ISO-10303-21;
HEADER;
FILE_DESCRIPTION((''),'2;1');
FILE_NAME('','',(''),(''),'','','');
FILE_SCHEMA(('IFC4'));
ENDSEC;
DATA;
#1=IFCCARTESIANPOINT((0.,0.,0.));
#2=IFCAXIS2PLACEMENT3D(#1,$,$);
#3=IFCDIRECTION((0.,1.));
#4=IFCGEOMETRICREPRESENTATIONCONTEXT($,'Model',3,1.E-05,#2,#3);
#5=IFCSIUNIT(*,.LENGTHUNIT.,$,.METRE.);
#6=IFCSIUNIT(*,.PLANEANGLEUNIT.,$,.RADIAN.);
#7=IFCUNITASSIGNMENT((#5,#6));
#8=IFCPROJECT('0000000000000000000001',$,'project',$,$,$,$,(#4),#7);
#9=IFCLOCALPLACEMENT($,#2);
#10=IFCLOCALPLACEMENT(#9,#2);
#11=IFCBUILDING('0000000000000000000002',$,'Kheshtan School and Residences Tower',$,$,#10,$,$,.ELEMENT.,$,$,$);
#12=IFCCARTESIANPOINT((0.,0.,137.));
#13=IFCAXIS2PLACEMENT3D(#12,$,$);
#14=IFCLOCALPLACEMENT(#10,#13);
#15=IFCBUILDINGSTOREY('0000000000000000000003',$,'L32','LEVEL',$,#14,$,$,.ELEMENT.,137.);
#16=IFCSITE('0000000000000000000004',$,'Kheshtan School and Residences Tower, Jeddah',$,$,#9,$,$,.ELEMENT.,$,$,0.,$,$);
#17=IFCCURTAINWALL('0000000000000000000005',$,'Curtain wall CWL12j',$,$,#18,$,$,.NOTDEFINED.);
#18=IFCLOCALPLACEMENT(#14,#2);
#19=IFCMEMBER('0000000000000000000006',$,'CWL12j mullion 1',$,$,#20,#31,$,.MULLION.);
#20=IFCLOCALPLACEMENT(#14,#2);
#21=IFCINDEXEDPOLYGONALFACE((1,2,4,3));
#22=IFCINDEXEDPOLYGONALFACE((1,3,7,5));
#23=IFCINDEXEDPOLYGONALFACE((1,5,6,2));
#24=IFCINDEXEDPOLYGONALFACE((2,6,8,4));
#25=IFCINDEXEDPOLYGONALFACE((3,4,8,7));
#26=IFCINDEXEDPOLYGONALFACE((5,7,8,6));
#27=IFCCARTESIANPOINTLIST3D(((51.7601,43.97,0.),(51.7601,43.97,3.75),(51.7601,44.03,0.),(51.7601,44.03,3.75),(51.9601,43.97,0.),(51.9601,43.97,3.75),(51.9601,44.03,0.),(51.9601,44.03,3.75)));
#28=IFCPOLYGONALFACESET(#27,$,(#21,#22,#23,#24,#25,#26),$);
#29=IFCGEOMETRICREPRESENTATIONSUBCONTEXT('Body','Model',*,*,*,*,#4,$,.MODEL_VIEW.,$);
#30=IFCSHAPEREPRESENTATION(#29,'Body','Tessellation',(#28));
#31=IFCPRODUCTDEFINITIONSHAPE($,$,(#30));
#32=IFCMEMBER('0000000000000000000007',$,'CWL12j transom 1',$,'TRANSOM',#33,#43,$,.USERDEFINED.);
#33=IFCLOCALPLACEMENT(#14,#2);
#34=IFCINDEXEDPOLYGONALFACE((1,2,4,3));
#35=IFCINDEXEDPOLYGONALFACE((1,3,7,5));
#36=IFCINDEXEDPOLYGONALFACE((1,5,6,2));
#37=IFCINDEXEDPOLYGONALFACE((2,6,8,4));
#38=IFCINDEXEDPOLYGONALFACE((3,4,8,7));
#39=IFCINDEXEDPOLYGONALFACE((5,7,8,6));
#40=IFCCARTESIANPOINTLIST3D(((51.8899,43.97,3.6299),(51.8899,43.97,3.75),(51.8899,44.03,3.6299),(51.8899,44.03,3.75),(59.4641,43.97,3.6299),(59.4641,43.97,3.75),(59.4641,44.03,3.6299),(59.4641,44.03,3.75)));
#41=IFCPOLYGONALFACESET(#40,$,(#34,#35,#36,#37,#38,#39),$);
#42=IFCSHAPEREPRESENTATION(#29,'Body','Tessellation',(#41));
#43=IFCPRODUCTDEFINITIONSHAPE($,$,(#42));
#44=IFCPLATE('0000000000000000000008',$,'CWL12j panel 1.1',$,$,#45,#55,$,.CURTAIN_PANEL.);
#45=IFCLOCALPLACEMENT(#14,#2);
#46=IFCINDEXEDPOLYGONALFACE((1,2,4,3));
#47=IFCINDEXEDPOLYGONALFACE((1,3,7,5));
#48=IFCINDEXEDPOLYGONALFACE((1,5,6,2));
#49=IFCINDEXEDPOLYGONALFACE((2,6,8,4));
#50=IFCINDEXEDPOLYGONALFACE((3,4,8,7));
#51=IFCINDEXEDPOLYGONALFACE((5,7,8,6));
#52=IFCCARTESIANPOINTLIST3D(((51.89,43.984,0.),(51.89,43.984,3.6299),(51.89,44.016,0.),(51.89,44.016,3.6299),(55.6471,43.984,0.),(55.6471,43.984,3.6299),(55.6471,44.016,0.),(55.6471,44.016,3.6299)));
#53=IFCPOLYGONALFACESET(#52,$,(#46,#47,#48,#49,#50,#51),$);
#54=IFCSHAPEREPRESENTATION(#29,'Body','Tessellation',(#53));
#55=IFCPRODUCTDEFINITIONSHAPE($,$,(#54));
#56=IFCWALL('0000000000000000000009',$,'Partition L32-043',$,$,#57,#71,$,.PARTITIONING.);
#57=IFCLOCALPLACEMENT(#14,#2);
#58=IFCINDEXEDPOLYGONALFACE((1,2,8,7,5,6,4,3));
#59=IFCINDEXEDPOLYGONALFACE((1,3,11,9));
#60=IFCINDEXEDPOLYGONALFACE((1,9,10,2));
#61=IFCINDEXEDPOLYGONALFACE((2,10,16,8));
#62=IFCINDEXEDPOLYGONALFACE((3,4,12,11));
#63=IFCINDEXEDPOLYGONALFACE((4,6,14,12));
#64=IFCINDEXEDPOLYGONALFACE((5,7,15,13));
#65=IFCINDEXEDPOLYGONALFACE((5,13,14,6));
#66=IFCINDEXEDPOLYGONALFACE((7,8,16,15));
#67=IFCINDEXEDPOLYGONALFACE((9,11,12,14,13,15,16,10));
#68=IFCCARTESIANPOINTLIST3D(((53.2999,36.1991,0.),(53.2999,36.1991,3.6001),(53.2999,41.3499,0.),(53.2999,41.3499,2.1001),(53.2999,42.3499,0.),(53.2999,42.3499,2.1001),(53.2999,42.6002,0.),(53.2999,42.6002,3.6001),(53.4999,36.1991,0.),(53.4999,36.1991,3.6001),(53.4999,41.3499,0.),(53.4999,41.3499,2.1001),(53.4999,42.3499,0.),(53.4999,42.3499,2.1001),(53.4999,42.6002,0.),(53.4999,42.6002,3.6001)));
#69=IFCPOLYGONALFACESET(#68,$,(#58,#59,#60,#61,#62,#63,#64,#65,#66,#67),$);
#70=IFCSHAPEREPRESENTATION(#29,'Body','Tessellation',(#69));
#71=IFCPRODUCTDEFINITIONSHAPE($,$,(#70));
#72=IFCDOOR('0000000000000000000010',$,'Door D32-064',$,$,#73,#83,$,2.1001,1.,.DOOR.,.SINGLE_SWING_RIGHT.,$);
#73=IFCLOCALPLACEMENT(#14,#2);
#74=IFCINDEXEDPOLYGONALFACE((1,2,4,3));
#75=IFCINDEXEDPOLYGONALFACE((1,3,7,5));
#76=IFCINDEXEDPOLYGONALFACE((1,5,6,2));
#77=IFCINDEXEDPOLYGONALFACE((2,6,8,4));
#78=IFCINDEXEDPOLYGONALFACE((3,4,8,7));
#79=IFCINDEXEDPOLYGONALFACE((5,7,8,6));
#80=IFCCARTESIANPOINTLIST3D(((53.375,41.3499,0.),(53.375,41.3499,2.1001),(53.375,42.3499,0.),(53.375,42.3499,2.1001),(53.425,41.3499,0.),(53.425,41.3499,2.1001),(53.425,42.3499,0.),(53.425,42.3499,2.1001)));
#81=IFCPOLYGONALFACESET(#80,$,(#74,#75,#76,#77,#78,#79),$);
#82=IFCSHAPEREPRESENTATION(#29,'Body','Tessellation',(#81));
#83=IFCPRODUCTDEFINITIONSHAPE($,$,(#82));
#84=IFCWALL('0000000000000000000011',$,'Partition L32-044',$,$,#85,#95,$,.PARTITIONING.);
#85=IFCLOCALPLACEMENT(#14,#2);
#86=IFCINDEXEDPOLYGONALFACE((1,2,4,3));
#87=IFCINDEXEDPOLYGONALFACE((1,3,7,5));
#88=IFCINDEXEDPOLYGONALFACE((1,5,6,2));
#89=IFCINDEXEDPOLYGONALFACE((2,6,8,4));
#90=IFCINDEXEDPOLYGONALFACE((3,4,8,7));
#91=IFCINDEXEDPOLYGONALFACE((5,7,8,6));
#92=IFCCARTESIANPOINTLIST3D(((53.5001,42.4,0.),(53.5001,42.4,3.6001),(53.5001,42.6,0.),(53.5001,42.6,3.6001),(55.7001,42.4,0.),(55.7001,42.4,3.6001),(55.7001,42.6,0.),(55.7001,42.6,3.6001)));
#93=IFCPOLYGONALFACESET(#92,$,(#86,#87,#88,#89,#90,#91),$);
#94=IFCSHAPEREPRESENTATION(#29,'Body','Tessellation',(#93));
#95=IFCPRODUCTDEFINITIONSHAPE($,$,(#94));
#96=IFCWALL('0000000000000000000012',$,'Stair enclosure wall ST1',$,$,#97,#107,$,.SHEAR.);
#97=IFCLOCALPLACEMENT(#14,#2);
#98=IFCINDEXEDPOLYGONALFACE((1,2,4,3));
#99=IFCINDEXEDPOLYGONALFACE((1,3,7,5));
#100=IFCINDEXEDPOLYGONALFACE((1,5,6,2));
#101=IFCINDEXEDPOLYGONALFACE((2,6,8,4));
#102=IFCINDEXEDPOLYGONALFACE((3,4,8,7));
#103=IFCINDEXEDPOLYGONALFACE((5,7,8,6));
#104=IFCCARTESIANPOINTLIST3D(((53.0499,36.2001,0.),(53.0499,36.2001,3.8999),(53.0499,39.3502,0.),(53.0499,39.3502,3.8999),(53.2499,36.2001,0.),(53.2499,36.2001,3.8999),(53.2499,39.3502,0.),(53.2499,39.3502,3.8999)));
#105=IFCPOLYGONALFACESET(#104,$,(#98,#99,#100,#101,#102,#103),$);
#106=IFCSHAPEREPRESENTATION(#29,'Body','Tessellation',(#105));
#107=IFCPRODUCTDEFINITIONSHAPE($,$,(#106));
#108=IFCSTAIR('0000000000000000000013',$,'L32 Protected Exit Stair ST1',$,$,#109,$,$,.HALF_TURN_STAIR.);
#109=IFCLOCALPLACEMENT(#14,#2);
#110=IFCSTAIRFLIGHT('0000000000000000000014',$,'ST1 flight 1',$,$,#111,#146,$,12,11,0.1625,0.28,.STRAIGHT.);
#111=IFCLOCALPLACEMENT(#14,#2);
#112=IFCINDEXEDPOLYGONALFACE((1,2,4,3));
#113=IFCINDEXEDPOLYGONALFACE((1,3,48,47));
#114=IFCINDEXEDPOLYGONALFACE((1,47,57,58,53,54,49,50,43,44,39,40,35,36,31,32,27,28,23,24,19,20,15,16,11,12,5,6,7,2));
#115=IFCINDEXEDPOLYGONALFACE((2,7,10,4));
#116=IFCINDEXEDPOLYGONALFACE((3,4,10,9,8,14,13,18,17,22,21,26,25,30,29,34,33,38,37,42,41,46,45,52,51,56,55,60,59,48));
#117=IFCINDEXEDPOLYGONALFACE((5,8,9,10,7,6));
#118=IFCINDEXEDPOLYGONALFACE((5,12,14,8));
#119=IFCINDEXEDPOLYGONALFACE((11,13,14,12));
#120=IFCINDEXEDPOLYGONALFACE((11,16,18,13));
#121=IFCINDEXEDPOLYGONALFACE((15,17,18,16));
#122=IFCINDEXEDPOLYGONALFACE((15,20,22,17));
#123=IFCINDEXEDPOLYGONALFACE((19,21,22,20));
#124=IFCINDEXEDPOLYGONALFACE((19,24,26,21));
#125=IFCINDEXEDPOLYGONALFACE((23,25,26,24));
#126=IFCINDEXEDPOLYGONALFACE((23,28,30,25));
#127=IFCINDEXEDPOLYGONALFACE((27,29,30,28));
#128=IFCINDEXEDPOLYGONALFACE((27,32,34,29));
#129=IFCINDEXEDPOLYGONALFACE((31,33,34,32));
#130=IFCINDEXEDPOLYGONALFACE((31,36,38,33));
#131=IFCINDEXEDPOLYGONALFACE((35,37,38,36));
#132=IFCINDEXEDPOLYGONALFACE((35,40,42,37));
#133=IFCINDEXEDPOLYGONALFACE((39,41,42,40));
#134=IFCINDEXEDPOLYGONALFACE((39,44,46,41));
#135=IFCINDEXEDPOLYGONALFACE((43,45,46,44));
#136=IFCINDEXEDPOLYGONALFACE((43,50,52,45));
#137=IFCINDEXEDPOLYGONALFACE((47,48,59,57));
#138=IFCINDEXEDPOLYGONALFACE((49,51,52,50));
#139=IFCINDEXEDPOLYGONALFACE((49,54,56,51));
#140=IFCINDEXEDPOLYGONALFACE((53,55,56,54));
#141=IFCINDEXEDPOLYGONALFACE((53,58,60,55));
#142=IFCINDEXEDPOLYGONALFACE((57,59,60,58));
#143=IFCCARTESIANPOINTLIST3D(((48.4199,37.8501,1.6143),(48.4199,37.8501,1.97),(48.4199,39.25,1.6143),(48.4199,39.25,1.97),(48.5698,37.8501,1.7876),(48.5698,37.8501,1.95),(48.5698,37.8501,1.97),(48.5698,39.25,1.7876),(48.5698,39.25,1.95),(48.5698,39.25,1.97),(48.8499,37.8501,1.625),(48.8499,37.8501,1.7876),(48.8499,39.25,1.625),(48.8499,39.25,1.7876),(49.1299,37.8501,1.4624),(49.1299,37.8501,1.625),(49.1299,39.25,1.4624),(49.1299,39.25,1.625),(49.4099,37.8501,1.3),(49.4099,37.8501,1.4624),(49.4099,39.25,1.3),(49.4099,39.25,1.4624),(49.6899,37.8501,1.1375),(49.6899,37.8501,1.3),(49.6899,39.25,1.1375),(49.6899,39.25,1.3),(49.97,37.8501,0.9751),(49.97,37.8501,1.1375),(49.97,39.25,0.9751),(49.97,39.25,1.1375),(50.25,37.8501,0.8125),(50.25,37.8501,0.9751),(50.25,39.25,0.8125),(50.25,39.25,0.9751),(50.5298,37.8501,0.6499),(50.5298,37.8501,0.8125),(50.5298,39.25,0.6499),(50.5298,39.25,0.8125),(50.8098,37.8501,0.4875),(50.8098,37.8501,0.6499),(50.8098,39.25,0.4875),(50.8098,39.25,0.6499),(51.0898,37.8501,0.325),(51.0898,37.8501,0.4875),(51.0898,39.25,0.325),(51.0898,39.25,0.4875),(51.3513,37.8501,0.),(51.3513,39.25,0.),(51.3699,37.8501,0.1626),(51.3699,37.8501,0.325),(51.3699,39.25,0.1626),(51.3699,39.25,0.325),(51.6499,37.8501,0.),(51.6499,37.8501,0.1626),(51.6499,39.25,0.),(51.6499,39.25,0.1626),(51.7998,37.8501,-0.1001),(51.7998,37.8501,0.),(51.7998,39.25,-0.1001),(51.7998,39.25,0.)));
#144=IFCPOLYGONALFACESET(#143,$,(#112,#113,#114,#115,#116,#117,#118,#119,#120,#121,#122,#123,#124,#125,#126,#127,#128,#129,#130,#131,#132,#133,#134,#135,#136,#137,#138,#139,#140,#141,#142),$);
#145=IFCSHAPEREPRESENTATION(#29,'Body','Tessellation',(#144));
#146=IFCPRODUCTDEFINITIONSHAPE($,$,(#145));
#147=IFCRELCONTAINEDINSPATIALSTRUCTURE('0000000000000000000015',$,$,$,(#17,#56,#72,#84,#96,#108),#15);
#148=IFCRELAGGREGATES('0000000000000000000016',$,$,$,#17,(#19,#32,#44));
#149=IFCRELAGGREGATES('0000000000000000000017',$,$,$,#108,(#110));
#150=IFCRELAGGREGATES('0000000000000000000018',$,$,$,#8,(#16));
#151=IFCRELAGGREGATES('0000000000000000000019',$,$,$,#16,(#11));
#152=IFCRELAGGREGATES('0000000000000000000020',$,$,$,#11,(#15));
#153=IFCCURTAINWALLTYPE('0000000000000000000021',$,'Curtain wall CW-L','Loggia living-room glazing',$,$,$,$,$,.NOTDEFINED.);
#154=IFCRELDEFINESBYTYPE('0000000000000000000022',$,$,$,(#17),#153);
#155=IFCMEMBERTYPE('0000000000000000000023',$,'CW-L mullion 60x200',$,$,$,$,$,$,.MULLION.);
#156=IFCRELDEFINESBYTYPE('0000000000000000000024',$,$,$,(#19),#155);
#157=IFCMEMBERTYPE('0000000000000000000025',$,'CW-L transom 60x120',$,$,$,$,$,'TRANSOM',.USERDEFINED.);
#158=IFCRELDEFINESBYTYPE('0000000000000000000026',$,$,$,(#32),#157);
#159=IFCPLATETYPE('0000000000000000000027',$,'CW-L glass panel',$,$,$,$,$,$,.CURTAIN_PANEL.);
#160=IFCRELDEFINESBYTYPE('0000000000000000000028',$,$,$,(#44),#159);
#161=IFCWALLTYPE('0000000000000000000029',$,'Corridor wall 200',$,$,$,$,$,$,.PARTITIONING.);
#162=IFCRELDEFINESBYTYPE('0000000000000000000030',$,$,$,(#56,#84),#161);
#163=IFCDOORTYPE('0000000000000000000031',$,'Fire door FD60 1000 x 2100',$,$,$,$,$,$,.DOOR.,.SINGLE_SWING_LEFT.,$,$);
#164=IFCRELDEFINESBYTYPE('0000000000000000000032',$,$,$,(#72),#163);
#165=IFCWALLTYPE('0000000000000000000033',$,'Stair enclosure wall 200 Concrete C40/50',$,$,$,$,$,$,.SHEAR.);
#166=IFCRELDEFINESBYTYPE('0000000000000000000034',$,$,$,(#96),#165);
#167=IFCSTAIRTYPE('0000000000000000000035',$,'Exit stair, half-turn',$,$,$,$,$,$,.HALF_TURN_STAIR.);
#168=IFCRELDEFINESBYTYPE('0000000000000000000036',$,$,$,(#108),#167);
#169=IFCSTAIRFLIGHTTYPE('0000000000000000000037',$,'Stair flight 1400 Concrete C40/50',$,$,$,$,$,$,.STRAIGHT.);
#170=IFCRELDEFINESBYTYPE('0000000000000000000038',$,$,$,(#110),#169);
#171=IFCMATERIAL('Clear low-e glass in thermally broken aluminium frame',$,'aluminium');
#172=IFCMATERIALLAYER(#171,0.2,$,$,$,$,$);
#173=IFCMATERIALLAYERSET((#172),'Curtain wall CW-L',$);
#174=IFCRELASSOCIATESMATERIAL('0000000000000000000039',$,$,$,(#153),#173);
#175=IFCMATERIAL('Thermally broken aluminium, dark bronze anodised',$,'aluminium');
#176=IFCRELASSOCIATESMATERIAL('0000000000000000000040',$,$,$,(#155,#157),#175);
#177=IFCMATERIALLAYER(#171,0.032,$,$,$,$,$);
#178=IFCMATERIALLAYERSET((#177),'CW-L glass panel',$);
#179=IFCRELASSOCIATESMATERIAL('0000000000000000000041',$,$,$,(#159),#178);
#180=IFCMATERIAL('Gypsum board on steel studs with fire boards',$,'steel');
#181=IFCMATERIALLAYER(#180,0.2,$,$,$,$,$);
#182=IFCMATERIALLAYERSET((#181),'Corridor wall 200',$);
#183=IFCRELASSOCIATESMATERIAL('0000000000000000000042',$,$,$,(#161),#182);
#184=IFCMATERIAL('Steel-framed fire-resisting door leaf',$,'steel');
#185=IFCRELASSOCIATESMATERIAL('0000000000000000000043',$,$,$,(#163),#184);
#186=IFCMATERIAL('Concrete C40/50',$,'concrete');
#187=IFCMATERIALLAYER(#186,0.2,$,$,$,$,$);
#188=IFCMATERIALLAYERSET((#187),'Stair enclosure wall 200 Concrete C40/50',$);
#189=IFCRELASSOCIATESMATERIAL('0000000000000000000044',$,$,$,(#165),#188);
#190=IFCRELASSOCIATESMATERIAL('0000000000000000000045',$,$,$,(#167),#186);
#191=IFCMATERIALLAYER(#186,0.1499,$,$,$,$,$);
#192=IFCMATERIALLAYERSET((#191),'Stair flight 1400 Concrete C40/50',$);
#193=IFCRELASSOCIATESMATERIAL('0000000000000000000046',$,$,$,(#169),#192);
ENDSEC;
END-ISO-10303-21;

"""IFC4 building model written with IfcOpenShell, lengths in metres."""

from ifc_helpers import new_model, si_unit, direction, frame, frame_2d, origin, origin_2d, place, context, subcontext, project, spatial, polyline, rectangle, outline, extrude, source, transform, mapped, material, layer, layer_set, material_profile, profile_set, type_object, element, fill, aggregate, save


model = new_model("IFC4")

# Units and contexts
model_context = context("Model", 3, precision=1e-05, world=origin(), true_north=direction((0.0, 1.0)))
body_context = subcontext(model_context, "Body", "Model", "MODEL_VIEW")
ifc_project = project(units=[si_unit("LENGTHUNIT", "METRE"), si_unit("PLANEANGLEUNIT", "RADIAN")], contexts=[model_context])

# Site, building, storey
site_placement = place(None, origin())
site = spatial("IfcSite", under=ifc_project, at=site_placement, Name="Kheshtan School and Residences Tower, Jeddah", CompositionType="ELEMENT", RefElevation=0.0)
building_placement = place(site_placement, origin())
building = spatial("IfcBuilding", under=site, at=building_placement, Name="Kheshtan School and Residences Tower", CompositionType="ELEMENT")
storey_placement = place(building_placement, frame((0.0, 0.0, 137.0)))
storey = spatial("IfcBuildingStorey", under=building, at=storey_placement, Name="L32", Description="LEVEL", CompositionType="ELEMENT", Elevation=137.0)

# Curtain wall, members, plate
ifc_material_1 = material(Name="Clear low-e glass in thermally broken aluminium frame", Category="aluminium")
ifc_layer_1 = layer(ifc_material_1, 0.2)
ifc_layer_set_1 = layer_set([ifc_layer_1], Name="Curtain wall CW-L")
curtain_wall_type = type_object("IfcCurtainWallType", Name="Curtain wall CW-L", Description="Loggia living-room glazing", PredefinedType="NOTDEFINED", material=ifc_layer_set_1)
curtain_wall_placement = place(storey_placement, origin())
curtain_wall = element("IfcCurtainWall", 1, at=curtain_wall_placement, inside=storey, type_object=curtain_wall_type, Name="Curtain wall CWL12j", PredefinedType="NOTDEFINED")
ifc_material_2 = material(Name="Thermally broken aluminium, dark bronze anodised", Category="aluminium")
ifc_material_profile_1 = material_profile(ifc_material_2, rectangle(XDim=0.0601, YDim=0.2, at=origin_2d()), Name="CW-L mullion 60x200")
ifc_profile_set_1 = profile_set([ifc_material_profile_1], Name="Thermally broken aluminium, dark bronze anodised")
member_type_1 = type_object("IfcMemberType", Name="CW-L mullion 60x200", PredefinedType="MULLION", material=ifc_profile_set_1)
member_1_placement = place(storey_placement, frame((51.8601, 44.0, 0.0), z_axis=(0.0, 0.0, 1.0), x_axis=(0.0, 1.0, 0.0)))
member_1 = element("IfcMember", 2, at=member_1_placement, type_object=member_type_1, Name="CWL12j mullion 1", PredefinedType="MULLION", context=body_context, shape_type="SweptSolid", body=[
    extrude(rectangle(XDim=0.0601, YDim=0.2, at=origin_2d()), origin(), (0.0, 0.0, 1.0), 3.75),
])
ifc_material_profile_2 = material_profile(ifc_material_2, rectangle(XDim=0.0601, YDim=0.1201, at=origin_2d()), Name="CW-L transom 60x120")
ifc_profile_set_2 = profile_set([ifc_material_profile_2], Name="Thermally broken aluminium, dark bronze anodised")
member_type_2 = type_object("IfcMemberType", Name="CW-L transom 60x120", ElementType="TRANSOM", PredefinedType="USERDEFINED", material=ifc_profile_set_2)
member_2_placement = place(storey_placement, frame((51.8899, 44.0, 3.6899), z_axis=(1.0, 0.0, 0.0), x_axis=(0.0, 1.0, 0.0)))
member_2 = element("IfcMember", 3, at=member_2_placement, type_object=member_type_2, Name="CWL12j transom 1", ObjectType="TRANSOM", PredefinedType="USERDEFINED", context=body_context, shape_type="SweptSolid", body=[
    extrude(rectangle(XDim=0.0601, YDim=0.1201, at=origin_2d()), origin(), (0.0, 0.0, 1.0), 7.5742),
])
ifc_layer_2 = layer(ifc_material_1, 0.032)
ifc_layer_set_2 = layer_set([ifc_layer_2], Name="CW-L glass panel")
plate_type = type_object("IfcPlateType", Name="CW-L glass panel", PredefinedType="CURTAIN_PANEL", material=ifc_layer_set_2)
plate_placement = place(storey_placement, frame((53.7686, 44.0, 0.0), z_axis=(0.0, 0.0, 1.0), x_axis=(1.0, 0.0, 0.0)))
plate = element("IfcPlate", 4, at=plate_placement, type_object=plate_type, Name="CWL12j panel 1.1", PredefinedType="CURTAIN_PANEL", context=body_context, shape_type="SweptSolid", body=[
    extrude(rectangle(XDim=3.7571, YDim=0.032, at=origin_2d()), origin(), (0.0, 0.0, 1.0), 3.6299),
])
aggregate(curtain_wall, [member_1, member_2, plate])

# Wall, opening, door
ifc_material_3 = material(Name="Gypsum board on steel studs with fire boards", Category="steel")
ifc_layer_3 = layer(ifc_material_3, 0.2)
ifc_layer_set_3 = layer_set([ifc_layer_3], Name="Corridor wall 200")
wall_type_1 = type_object("IfcWallType", Name="Corridor wall 200", PredefinedType="PARTITIONING", material=ifc_layer_set_3)
wall_1_placement = place(storey_placement, frame((53.3999, 36.199, 0.0), z_axis=(0.0, 0.0, 1.0), x_axis=(0.0, 1.0, 0.0)))
wall_1 = element("IfcWall", 5, at=wall_1_placement, inside=storey, type_object=wall_type_1, Name="Partition L32-043", PredefinedType="PARTITIONING", context=body_context, shape_type="SweptSolid", body=[
    extrude(rectangle(XDim=6.4011, YDim=0.2, at=frame_2d((3.2007, 0.0))), origin(), (0.0, 0.0, 1.0), 3.6001),
])
opening_1_placement = place(wall_1_placement, frame((5.1509, 0.0, 0.0)))
opening_1 = element("IfcOpeningElement", 6, at=opening_1_placement, cuts=wall_1, PredefinedType="OPENING", context=body_context, shape_type="SweptSolid", body=[
    extrude(rectangle(XDim=1.0, YDim=2.1001, at=frame_2d((0.5, 1.05))), frame((0.0, 0.1099, 0.0), z_axis=(0.0, -1.0, 0.0), x_axis=(1.0, 0.0, 0.0)), (0.0, 0.0, 1.0), 0.22),
])
ifc_material_4 = material(Name="Steel-framed fire-resisting door leaf", Category="steel")
door_type_1 = type_object("IfcDoorType", Name="Fire door FD60 1000 x 2100", OperationType="SINGLE_SWING_LEFT", PredefinedType="DOOR", material=ifc_material_4)
shared_shape_1 = source(origin(), body_context, "Body", "SweptSolid", [
    extrude(rectangle(XDim=1.0, YDim=2.1001, at=frame_2d((0.5, 1.05))), frame((0.0, 0.0249, 0.0), z_axis=(0.0, -1.0, 0.0), x_axis=(1.0, 0.0, 0.0)), (0.0, 0.0, 1.0), 0.05),
])
door_1_placement = place(opening_1_placement, origin())
door_1 = element("IfcDoor", 7, at=door_1_placement, inside=storey, type_object=door_type_1, Name="Door D32-064", OperationType="SINGLE_SWING_RIGHT", OverallHeight=2.1001, OverallWidth=1.0, PredefinedType="DOOR", context=body_context, shape_type="MappedRepresentation", body=[
    mapped(shared_shape_1, transform((0.0, 0.0, 0.0), x_axis=(1.0, 0.0, 0.0), y_axis=(0.0, 1.0, 0.0), z_axis=(0.0, 0.0, 1.0), scale=1.0)),
])
fill(opening_1, door_1)

# Wall
wall_2_placement = place(storey_placement, frame((53.5, 42.5, 0.0), z_axis=(0.0, 0.0, 1.0), x_axis=(1.0, 0.0, 0.0)))
element("IfcWall", 8, at=wall_2_placement, inside=storey, type_object=wall_type_1, Name="Partition L32-044", PredefinedType="PARTITIONING", context=body_context, shape_type="SweptSolid", body=[
    extrude(rectangle(XDim=2.2, YDim=0.2, at=frame_2d((1.1001, 0.0))), origin(), (0.0, 0.0, 1.0), 3.6001),
])

# Wall
ifc_material_5 = material(Name="Concrete C40/50", Category="concrete")
ifc_layer_4 = layer(ifc_material_5, 0.2)
ifc_layer_set_4 = layer_set([ifc_layer_4], Name="Stair enclosure wall 200 Concrete C40/50")
wall_type_2 = type_object("IfcWallType", Name="Stair enclosure wall 200 Concrete C40/50", PredefinedType="SHEAR", material=ifc_layer_set_4)
wall_3_placement = place(storey_placement, frame((53.1499, 36.2, 0.0), z_axis=(0.0, 0.0, 1.0), x_axis=(0.0, 1.0, 0.0)))
element("IfcWall", 9, at=wall_3_placement, inside=storey, type_object=wall_type_2, Name="Stair enclosure wall ST1", PredefinedType="SHEAR", context=body_context, shape_type="SweptSolid", body=[
    extrude(rectangle(XDim=3.1501, YDim=0.2, at=frame_2d((1.5752, 0.0))), origin(), (0.0, 0.0, 1.0), 3.8999),
])

# Stair, stair flight
stair_type = type_object("IfcStairType", Name="Exit stair, half-turn", PredefinedType="HALF_TURN_STAIR", material=ifc_material_5)
stair_placement = place(storey_placement, origin())
stair = element("IfcStair", 10, at=stair_placement, inside=storey, type_object=stair_type, Name="L32 Protected Exit Stair ST1", PredefinedType="HALF_TURN_STAIR")
ifc_layer_5 = layer(ifc_material_5, 0.1499)
ifc_layer_set_5 = layer_set([ifc_layer_5], Name="Stair flight 1400 Concrete C40/50")
stair_flight_type = type_object("IfcStairFlightType", Name="Stair flight 1400 Concrete C40/50", PredefinedType="STRAIGHT", material=ifc_layer_set_5)
stair_flight_1_placement = place(storey_placement, frame((51.6499, 38.55, 0.0), z_axis=(0.0, 0.0, 1.0), x_axis=(-1.0, 0.0, 0.0)))
stair_flight_1 = element("IfcStairFlight", 11, at=stair_flight_1_placement, type_object=stair_flight_type, Name="ST1 flight 1", NumberOfRisers=12, NumberOfTreads=11, PredefinedType="STRAIGHT", RiserHeight=0.1625, TreadLength=0.28, context=body_context, shape_type="SweptSolid", body=[
    extrude(outline(polyline([(-0.1499, -0.1001), (-0.1499, 0.0), (0.0, 0.0), (0.0, 0.1626), (0.28, 0.1626), (0.28, 0.325), (0.5601, 0.325), (0.5601, 0.4875), (0.8401, 0.4875), (0.8401, 0.6499), (1.1201, 0.6499), (1.1201, 0.8125), (1.3999, 0.8125), (1.3999, 0.9751), (1.6799, 0.9751), (1.6799, 1.1375), (1.96, 1.1375), (1.96, 1.3), (2.24, 1.3), (2.24, 1.4624), (2.52, 1.4624), (2.52, 1.625), (2.8, 1.625), (2.8, 1.7876), (3.0801, 1.7876), (3.0801, 1.95), (3.0801, 1.97), (3.23, 1.97), (3.23, 1.6143), (0.2986, 0.0), (-0.1499, -0.1001)])), frame((0.0, 0.7, 0.0), z_axis=(0.0, -1.0, 0.0), x_axis=(1.0, 0.0, 0.0)), (0.0, 0.0, 1.0), 1.3999),
])
aggregate(stair, [stair_flight_1])

save(model, "model.ifc")
